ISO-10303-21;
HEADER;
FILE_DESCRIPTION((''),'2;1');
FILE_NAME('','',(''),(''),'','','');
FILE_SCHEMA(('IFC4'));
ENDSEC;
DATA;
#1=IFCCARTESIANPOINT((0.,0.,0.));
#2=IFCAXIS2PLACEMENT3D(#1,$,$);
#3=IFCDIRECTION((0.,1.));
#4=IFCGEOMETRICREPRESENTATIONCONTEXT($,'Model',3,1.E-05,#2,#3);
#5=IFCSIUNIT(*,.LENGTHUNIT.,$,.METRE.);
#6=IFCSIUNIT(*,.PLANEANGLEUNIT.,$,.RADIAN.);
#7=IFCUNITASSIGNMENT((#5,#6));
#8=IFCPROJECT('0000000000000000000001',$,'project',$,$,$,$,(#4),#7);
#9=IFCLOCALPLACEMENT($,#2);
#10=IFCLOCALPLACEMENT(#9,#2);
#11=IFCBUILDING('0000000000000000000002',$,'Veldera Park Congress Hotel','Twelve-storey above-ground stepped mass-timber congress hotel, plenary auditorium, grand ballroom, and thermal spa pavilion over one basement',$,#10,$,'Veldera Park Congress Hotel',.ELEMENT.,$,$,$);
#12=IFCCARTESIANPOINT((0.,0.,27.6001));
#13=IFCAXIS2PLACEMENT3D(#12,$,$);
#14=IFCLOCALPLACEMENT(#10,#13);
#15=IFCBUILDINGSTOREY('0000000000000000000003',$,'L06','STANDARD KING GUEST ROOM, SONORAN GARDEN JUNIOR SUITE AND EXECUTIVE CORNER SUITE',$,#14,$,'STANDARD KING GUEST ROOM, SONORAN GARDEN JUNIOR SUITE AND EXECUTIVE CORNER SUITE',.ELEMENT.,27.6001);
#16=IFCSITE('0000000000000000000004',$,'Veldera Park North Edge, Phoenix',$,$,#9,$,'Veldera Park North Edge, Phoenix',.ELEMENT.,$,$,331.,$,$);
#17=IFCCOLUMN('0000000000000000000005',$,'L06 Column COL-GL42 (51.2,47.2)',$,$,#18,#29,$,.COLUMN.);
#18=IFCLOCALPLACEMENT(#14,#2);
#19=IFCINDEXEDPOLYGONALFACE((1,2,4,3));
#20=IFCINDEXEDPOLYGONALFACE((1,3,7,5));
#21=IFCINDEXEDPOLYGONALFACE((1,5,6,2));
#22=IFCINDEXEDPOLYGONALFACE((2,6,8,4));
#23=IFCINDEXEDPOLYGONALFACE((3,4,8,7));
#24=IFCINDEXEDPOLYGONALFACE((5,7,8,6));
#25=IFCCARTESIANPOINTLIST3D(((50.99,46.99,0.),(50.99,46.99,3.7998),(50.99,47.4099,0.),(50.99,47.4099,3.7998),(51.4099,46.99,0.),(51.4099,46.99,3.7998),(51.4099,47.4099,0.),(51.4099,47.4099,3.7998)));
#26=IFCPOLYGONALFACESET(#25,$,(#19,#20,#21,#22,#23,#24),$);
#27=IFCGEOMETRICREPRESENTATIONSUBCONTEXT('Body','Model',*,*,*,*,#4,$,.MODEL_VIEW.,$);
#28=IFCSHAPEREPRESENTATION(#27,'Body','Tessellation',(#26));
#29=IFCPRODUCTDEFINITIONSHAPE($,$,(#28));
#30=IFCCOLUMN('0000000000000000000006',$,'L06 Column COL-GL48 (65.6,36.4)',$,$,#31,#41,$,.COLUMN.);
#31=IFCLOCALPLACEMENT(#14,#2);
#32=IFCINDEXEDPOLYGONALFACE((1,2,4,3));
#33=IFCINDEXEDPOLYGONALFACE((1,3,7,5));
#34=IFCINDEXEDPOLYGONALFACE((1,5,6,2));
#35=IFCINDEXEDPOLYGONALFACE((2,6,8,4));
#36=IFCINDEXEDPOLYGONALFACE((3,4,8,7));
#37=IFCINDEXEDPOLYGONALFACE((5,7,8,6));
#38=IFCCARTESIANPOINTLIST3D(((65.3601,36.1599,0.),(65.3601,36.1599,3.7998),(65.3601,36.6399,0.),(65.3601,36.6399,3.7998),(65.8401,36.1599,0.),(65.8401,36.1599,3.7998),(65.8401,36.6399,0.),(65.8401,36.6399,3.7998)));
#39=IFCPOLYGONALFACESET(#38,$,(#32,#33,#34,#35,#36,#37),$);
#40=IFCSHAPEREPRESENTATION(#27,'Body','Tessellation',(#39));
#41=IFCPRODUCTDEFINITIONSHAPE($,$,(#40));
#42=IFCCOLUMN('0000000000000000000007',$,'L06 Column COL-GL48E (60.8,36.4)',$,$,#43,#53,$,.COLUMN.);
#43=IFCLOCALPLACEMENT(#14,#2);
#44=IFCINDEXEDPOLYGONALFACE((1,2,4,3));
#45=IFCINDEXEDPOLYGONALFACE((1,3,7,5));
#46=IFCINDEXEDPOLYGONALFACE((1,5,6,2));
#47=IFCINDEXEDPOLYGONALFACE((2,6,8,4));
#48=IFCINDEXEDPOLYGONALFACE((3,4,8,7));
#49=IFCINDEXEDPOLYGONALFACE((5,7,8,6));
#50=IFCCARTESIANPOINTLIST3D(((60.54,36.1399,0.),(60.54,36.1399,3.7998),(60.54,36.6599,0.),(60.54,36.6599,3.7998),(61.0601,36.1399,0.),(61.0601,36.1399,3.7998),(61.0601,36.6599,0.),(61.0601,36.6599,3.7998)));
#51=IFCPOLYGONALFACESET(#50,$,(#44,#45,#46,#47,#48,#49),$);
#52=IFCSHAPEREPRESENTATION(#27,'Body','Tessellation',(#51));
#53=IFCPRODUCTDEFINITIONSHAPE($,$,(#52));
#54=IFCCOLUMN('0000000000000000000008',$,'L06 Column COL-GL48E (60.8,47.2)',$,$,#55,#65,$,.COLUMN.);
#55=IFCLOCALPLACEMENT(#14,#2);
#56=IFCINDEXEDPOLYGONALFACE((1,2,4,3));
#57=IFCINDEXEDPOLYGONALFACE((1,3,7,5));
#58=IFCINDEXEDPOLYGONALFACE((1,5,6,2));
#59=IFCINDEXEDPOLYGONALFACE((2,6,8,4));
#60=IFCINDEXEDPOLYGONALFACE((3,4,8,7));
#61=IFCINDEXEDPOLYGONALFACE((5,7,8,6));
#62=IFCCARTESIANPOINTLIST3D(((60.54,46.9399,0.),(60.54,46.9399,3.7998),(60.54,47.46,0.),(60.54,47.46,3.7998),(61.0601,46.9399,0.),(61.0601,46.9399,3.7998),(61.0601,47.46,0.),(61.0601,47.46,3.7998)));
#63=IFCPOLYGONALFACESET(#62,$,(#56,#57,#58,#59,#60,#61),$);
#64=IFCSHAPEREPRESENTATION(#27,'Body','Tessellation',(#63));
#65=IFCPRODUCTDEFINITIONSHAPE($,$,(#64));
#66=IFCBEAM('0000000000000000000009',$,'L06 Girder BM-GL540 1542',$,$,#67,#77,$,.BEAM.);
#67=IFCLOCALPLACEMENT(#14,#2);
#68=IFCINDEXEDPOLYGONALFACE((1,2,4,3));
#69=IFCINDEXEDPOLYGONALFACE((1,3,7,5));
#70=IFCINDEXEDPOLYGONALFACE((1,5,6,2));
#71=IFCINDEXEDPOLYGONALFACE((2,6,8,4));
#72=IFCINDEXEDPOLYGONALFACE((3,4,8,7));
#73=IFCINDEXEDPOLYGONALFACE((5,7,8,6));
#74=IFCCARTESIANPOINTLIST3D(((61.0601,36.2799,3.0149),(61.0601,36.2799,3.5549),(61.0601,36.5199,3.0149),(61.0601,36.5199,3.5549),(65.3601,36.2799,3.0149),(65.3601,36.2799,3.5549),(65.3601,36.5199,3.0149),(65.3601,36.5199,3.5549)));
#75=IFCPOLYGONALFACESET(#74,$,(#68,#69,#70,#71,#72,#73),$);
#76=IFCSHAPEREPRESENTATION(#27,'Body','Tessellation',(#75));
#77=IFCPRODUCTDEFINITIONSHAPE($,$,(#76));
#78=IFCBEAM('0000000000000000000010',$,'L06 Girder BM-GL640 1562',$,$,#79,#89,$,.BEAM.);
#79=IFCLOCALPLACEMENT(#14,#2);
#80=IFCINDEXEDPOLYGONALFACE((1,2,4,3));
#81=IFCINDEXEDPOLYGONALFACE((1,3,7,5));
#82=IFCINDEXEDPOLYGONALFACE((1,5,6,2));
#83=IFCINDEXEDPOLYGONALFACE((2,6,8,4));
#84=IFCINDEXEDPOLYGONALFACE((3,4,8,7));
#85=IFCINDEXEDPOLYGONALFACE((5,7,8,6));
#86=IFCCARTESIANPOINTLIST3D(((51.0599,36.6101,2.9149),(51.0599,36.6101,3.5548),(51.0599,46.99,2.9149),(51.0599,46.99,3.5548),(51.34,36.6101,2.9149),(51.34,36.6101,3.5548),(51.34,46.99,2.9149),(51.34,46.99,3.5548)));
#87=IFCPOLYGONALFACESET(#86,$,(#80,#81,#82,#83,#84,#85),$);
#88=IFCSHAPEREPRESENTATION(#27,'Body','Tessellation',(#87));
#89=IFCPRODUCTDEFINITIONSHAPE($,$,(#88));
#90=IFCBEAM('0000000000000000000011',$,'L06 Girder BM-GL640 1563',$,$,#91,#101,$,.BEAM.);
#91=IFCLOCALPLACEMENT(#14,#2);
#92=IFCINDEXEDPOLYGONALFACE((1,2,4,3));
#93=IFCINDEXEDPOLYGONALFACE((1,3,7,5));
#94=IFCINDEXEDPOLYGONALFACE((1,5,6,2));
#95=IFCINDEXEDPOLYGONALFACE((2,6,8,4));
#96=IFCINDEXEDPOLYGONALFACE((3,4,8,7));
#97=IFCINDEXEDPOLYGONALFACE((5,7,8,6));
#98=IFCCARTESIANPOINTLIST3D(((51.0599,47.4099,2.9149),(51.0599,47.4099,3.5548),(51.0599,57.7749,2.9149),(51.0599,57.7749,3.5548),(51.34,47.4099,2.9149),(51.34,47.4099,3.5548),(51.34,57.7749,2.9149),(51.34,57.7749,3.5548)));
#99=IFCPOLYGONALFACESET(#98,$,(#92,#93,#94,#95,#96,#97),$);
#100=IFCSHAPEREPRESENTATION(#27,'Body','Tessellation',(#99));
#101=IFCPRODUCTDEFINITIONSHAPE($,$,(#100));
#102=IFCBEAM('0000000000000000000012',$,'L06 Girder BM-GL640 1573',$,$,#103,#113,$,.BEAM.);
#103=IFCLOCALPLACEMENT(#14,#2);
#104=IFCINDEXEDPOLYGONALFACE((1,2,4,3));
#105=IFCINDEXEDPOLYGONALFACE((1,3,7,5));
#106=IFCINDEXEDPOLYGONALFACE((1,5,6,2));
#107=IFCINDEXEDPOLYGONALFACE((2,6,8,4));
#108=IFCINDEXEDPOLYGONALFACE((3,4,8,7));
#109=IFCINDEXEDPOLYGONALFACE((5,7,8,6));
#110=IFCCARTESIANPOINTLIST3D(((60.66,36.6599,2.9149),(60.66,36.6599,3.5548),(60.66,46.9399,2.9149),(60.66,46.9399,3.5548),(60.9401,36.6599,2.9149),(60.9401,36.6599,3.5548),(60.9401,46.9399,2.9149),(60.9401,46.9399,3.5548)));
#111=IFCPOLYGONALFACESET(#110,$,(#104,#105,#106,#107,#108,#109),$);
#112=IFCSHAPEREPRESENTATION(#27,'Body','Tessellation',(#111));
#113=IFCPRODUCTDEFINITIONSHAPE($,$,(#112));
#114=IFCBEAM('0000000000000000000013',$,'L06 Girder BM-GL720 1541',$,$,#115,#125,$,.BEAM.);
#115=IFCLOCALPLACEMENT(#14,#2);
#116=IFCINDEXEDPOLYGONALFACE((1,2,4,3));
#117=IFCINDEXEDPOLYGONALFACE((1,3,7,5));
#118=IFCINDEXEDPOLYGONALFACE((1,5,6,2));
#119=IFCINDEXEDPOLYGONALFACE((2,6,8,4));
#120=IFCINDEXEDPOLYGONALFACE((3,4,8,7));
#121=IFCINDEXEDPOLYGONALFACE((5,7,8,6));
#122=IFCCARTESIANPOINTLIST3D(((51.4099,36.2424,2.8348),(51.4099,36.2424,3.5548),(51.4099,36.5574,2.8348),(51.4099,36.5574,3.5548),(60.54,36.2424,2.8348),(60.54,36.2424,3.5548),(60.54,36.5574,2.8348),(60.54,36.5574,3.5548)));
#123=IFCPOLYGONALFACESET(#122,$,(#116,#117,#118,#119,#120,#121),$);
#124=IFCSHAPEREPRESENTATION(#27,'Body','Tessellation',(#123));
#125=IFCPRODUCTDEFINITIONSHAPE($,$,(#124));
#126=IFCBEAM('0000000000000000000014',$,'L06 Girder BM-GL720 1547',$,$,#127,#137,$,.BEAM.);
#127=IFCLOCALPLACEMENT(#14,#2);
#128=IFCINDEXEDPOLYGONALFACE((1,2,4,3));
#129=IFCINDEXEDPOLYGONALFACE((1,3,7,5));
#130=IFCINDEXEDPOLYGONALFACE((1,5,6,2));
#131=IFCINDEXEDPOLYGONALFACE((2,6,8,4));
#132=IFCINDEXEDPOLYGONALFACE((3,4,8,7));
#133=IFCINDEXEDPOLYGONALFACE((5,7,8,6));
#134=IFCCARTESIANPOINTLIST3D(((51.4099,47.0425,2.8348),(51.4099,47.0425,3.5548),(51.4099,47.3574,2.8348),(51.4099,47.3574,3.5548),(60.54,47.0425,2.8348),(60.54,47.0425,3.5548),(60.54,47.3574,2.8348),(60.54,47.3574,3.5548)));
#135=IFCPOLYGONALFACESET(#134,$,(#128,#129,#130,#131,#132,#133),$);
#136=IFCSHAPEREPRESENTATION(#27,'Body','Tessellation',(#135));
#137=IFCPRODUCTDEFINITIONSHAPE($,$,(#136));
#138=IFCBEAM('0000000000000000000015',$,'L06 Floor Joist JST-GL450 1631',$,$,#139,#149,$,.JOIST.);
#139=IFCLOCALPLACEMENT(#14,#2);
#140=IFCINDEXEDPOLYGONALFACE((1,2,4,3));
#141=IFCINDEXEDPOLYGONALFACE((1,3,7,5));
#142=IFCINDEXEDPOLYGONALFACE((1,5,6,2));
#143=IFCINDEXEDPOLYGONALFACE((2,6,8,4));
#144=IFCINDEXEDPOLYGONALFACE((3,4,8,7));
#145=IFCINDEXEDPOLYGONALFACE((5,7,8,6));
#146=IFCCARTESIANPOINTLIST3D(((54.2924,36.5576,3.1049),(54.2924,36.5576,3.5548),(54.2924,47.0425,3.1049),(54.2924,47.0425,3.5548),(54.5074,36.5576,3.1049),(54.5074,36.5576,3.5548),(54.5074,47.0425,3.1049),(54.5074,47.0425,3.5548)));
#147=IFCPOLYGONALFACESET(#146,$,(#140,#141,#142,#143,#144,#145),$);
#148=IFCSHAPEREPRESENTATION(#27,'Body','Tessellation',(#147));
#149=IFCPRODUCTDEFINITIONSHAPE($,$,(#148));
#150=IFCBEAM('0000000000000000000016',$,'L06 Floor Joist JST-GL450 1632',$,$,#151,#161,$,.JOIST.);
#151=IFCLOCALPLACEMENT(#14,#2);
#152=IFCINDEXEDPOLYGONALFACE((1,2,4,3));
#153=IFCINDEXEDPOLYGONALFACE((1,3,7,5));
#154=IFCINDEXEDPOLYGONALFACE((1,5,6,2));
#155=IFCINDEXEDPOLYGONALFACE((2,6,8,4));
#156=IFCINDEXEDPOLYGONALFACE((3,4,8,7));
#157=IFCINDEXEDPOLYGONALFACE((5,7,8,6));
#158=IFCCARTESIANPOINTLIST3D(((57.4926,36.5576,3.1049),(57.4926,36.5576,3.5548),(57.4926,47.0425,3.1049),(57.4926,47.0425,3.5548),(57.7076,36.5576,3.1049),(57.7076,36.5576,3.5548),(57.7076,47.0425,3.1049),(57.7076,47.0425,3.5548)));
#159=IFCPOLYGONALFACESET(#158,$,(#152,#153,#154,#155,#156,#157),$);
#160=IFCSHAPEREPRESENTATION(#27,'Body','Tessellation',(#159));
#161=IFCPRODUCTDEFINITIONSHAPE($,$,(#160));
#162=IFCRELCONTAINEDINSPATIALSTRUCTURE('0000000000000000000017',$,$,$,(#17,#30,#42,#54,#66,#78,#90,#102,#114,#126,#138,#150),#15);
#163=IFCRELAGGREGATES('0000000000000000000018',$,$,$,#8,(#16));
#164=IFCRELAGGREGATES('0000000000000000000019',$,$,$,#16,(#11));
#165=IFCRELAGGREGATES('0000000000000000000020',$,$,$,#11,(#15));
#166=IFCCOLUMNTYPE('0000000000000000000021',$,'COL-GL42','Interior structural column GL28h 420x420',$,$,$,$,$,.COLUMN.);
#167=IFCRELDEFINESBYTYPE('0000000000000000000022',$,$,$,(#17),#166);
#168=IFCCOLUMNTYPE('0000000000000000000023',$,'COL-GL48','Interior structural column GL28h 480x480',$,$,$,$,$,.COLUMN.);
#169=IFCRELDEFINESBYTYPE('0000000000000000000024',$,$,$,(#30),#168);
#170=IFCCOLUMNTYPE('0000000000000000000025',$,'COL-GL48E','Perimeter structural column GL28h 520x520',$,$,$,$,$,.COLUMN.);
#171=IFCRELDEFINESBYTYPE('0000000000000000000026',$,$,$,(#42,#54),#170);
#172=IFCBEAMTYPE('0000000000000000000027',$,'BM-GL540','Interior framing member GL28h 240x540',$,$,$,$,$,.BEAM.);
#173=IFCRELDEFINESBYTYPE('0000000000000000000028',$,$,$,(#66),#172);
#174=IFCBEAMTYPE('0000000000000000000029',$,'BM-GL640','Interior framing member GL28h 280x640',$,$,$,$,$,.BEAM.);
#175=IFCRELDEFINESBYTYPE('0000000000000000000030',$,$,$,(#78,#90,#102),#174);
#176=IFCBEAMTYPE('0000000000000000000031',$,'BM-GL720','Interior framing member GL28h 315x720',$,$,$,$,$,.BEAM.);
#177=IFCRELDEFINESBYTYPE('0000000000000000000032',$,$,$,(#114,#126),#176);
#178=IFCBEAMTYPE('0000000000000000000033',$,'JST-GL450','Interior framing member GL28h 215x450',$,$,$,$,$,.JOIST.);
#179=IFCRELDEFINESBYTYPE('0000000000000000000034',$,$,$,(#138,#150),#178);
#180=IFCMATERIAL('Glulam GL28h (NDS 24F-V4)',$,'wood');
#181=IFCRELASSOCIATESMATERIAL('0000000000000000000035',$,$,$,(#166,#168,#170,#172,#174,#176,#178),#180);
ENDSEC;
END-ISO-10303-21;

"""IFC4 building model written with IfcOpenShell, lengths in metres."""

from ifc_helpers import new_model, si_unit, direction, frame, origin, origin_2d, place, context, subcontext, project, spatial, rectangle, extrude, material, material_profile, profile_set, type_object, element, save


model = new_model("IFC4")

# Units and contexts
model_context = context("Model", 3, precision=1e-05, world=origin(), true_north=direction((0.0, 1.0)))
body_context = subcontext(model_context, "Body", "Model", "MODEL_VIEW")
ifc_project = project(units=[si_unit("LENGTHUNIT", "METRE"), si_unit("PLANEANGLEUNIT", "RADIAN")], contexts=[model_context])

# Site, building, storey
site_placement = place(None, origin())
site = spatial("IfcSite", under=ifc_project, at=site_placement, Name="Veldera Park North Edge, Phoenix", LongName="Veldera Park North Edge, Phoenix", CompositionType="ELEMENT", RefElevation=331.0)
building_placement = place(site_placement, origin())
building = spatial("IfcBuilding", under=site, at=building_placement, Name="Veldera Park Congress Hotel", Description="Twelve-storey above-ground stepped mass-timber congress hotel, plenary auditorium, grand ballroom, and thermal spa pavilion over one basement", LongName="Veldera Park Congress Hotel", CompositionType="ELEMENT")
storey_placement = place(building_placement, frame((0.0, 0.0, 27.6001)))
storey = spatial("IfcBuildingStorey", under=building, at=storey_placement, Name="L06", Description="STANDARD KING GUEST ROOM, SONORAN GARDEN JUNIOR SUITE AND EXECUTIVE CORNER SUITE", LongName="STANDARD KING GUEST ROOM, SONORAN GARDEN JUNIOR SUITE AND EXECUTIVE CORNER SUITE", CompositionType="ELEMENT", Elevation=27.6001)

# Columns
ifc_material_1 = material(Name="Glulam GL28h (NDS 24F-V4)", Category="wood")
ifc_material_profile_1 = material_profile(ifc_material_1, rectangle(XDim=0.4199, YDim=0.4199, at=origin_2d()), Name="GL28h 420x420")
ifc_profile_set_1 = profile_set([ifc_material_profile_1], Name="Glulam GL28h (NDS 24F-V4)")
column_type_1 = type_object("IfcColumnType", Name="COL-GL42", Description="Interior structural column GL28h 420x420", PredefinedType="COLUMN", material=ifc_profile_set_1)
column_1_placement = place(storey_placement, frame((51.2, 47.2, 0.0), z_axis=(0.0, 0.0, 1.0), x_axis=(1.0, 0.0, 0.0)))
element("IfcColumn", 1, at=column_1_placement, inside=storey, type_object=column_type_1, Name="L06 Column COL-GL42 (51.2,47.2)", PredefinedType="COLUMN", context=body_context, shape_type="SweptSolid", body=[
    extrude(rectangle(XDim=0.4199, YDim=0.4199, at=origin_2d()), origin(), (0.0, 0.0, 1.0), 3.7998),
])
ifc_material_profile_2 = material_profile(ifc_material_1, rectangle(XDim=0.48, YDim=0.48, at=origin_2d()), Name="GL28h 480x480")
ifc_profile_set_2 = profile_set([ifc_material_profile_2], Name="Glulam GL28h (NDS 24F-V4)")
column_type_2 = type_object("IfcColumnType", Name="COL-GL48", Description="Interior structural column GL28h 480x480", PredefinedType="COLUMN", material=ifc_profile_set_2)
column_2_placement = place(storey_placement, frame((65.6001, 36.3999, 0.0), z_axis=(0.0, 0.0, 1.0), x_axis=(1.0, 0.0, 0.0)))
element("IfcColumn", 2, at=column_2_placement, inside=storey, type_object=column_type_2, Name="L06 Column COL-GL48 (65.6,36.4)", PredefinedType="COLUMN", context=body_context, shape_type="SweptSolid", body=[
    extrude(rectangle(XDim=0.48, YDim=0.48, at=origin_2d()), origin(), (0.0, 0.0, 1.0), 3.7998),
])
ifc_material_profile_3 = material_profile(ifc_material_1, rectangle(XDim=0.52, YDim=0.52, at=origin_2d()), Name="GL28h 520x520")
ifc_profile_set_3 = profile_set([ifc_material_profile_3], Name="Glulam GL28h (NDS 24F-V4)")
column_type_3 = type_object("IfcColumnType", Name="COL-GL48E", Description="Perimeter structural column GL28h 520x520", PredefinedType="COLUMN", material=ifc_profile_set_3)
for number, where, z_axis, x_axis, name in (
    (3, (60.8, 36.3999, 0.0), (0.0, 0.0, 1.0), (1.0, 0.0, 0.0), "L06 Column COL-GL48E (60.8,36.4)"),
    (4, (60.8, 47.2, 0.0), (0.0, 0.0, 1.0), (1.0, 0.0, 0.0), "L06 Column COL-GL48E (60.8,47.2)"),
):
    element("IfcColumn", number, at=place(storey_placement, frame(where, z_axis=z_axis, x_axis=x_axis)), inside=storey, type_object=column_type_3, Name=name, PredefinedType="COLUMN", context=body_context, shape_type="SweptSolid", body=[
        extrude(rectangle(XDim=0.52, YDim=0.52, at=origin_2d()), origin(), (0.0, 0.0, 1.0), 3.7998),
    ])

# Beams
ifc_material_profile_4 = material_profile(ifc_material_1, rectangle(XDim=0.24, YDim=0.54, at=origin_2d()), Name="GL28h 240x540")
ifc_profile_set_4 = profile_set([ifc_material_profile_4], Name="Glulam GL28h (NDS 24F-V4)")
beam_type_1 = type_object("IfcBeamType", Name="BM-GL540", Description="Interior framing member GL28h 240x540", PredefinedType="BEAM", material=ifc_profile_set_4)
beam_1_placement = place(storey_placement, frame((61.0601, 36.3999, 3.2849), z_axis=(1.0, 0.0, 0.0), x_axis=(0.0, 1.0, 0.0)))
element("IfcBeam", 5, at=beam_1_placement, inside=storey, type_object=beam_type_1, Name="L06 Girder BM-GL540 1542", PredefinedType="BEAM", context=body_context, shape_type="SweptSolid", body=[
    extrude(rectangle(XDim=0.24, YDim=0.54, at=origin_2d()), origin(), (0.0, 0.0, 1.0), 4.3),
])
ifc_material_profile_5 = material_profile(ifc_material_1, rectangle(XDim=0.28, YDim=0.6399, at=origin_2d()), Name="GL28h 280x640")
ifc_profile_set_5 = profile_set([ifc_material_profile_5], Name="Glulam GL28h (NDS 24F-V4)")
beam_type_2 = type_object("IfcBeamType", Name="BM-GL640", Description="Interior framing member GL28h 280x640", PredefinedType="BEAM", material=ifc_profile_set_5)
beam_2_placement = place(storey_placement, frame((51.2, 36.6101, 3.2349), z_axis=(0.0, 1.0, 0.0), x_axis=(-1.0, 0.0, 0.0)))
element("IfcBeam", 6, at=beam_2_placement, inside=storey, type_object=beam_type_2, Name="L06 Girder BM-GL640 1562", PredefinedType="BEAM", context=body_context, shape_type="SweptSolid", body=[
    extrude(rectangle(XDim=0.28, YDim=0.6399, at=origin_2d()), origin(), (0.0, 0.0, 1.0), 10.3799),
])
beam_3_placement = place(storey_placement, frame((51.2, 47.4099, 3.2349), z_axis=(0.0, 1.0, 0.0), x_axis=(-1.0, 0.0, 0.0)))
element("IfcBeam", 7, at=beam_3_placement, inside=storey, type_object=beam_type_2, Name="L06 Girder BM-GL640 1563", PredefinedType="BEAM", context=body_context, shape_type="SweptSolid", body=[
    extrude(rectangle(XDim=0.28, YDim=0.6399, at=origin_2d()), origin(), (0.0, 0.0, 1.0), 10.365),
])
beam_4_placement = place(storey_placement, frame((60.8, 36.6599, 3.2349), z_axis=(0.0, 1.0, 0.0), x_axis=(-1.0, 0.0, 0.0)))
element("IfcBeam", 8, at=beam_4_placement, inside=storey, type_object=beam_type_2, Name="L06 Girder BM-GL640 1573", PredefinedType="BEAM", context=body_context, shape_type="SweptSolid", body=[
    extrude(rectangle(XDim=0.28, YDim=0.6399, at=origin_2d()), origin(), (0.0, 0.0, 1.0), 10.28),
])
ifc_material_profile_6 = material_profile(ifc_material_1, rectangle(XDim=0.3149, YDim=0.72, at=origin_2d()), Name="GL28h 315x720")
ifc_profile_set_6 = profile_set([ifc_material_profile_6], Name="Glulam GL28h (NDS 24F-V4)")
beam_type_3 = type_object("IfcBeamType", Name="BM-GL720", Description="Interior framing member GL28h 315x720", PredefinedType="BEAM", material=ifc_profile_set_6)
for number, where, z_axis, x_axis, name in (
    (9, (51.4099, 36.3999, 3.1948), (1.0, 0.0, 0.0), (0.0, 1.0, 0.0), "L06 Girder BM-GL720 1541"),
    (10, (51.4099, 47.2, 3.1948), (1.0, 0.0, 0.0), (0.0, 1.0, 0.0), "L06 Girder BM-GL720 1547"),
):
    element("IfcBeam", number, at=place(storey_placement, frame(where, z_axis=z_axis, x_axis=x_axis)), inside=storey, type_object=beam_type_3, Name=name, PredefinedType="BEAM", context=body_context, shape_type="SweptSolid", body=[
        extrude(rectangle(XDim=0.3149, YDim=0.72, at=origin_2d()), origin(), (0.0, 0.0, 1.0), 9.1301),
    ])
ifc_material_profile_7 = material_profile(ifc_material_1, rectangle(XDim=0.2151, YDim=0.45, at=origin_2d()), Name="GL28h 215x450")
ifc_profile_set_7 = profile_set([ifc_material_profile_7], Name="Glulam GL28h (NDS 24F-V4)")
beam_type_4 = type_object("IfcBeamType", Name="JST-GL450", Description="Interior framing member GL28h 215x450", PredefinedType="JOIST", material=ifc_profile_set_7)
for number, where, z_axis, x_axis, name in (
    (11, (54.3999, 36.5576, 3.3298), (0.0, 1.0, 0.0), (-1.0, 0.0, 0.0), "L06 Floor Joist JST-GL450 1631"),
    (12, (57.6001, 36.5576, 3.3298), (0.0, 1.0, 0.0), (-1.0, 0.0, 0.0), "L06 Floor Joist JST-GL450 1632"),
):
    element("IfcBeam", number, at=place(storey_placement, frame(where, z_axis=z_axis, x_axis=x_axis)), inside=storey, type_object=beam_type_4, Name=name, PredefinedType="JOIST", context=body_context, shape_type="SweptSolid", body=[
        extrude(rectangle(XDim=0.2151, YDim=0.45, at=origin_2d()), origin(), (0.0, 0.0, 1.0), 10.4849),
    ])

save(model, "model.ifc")
